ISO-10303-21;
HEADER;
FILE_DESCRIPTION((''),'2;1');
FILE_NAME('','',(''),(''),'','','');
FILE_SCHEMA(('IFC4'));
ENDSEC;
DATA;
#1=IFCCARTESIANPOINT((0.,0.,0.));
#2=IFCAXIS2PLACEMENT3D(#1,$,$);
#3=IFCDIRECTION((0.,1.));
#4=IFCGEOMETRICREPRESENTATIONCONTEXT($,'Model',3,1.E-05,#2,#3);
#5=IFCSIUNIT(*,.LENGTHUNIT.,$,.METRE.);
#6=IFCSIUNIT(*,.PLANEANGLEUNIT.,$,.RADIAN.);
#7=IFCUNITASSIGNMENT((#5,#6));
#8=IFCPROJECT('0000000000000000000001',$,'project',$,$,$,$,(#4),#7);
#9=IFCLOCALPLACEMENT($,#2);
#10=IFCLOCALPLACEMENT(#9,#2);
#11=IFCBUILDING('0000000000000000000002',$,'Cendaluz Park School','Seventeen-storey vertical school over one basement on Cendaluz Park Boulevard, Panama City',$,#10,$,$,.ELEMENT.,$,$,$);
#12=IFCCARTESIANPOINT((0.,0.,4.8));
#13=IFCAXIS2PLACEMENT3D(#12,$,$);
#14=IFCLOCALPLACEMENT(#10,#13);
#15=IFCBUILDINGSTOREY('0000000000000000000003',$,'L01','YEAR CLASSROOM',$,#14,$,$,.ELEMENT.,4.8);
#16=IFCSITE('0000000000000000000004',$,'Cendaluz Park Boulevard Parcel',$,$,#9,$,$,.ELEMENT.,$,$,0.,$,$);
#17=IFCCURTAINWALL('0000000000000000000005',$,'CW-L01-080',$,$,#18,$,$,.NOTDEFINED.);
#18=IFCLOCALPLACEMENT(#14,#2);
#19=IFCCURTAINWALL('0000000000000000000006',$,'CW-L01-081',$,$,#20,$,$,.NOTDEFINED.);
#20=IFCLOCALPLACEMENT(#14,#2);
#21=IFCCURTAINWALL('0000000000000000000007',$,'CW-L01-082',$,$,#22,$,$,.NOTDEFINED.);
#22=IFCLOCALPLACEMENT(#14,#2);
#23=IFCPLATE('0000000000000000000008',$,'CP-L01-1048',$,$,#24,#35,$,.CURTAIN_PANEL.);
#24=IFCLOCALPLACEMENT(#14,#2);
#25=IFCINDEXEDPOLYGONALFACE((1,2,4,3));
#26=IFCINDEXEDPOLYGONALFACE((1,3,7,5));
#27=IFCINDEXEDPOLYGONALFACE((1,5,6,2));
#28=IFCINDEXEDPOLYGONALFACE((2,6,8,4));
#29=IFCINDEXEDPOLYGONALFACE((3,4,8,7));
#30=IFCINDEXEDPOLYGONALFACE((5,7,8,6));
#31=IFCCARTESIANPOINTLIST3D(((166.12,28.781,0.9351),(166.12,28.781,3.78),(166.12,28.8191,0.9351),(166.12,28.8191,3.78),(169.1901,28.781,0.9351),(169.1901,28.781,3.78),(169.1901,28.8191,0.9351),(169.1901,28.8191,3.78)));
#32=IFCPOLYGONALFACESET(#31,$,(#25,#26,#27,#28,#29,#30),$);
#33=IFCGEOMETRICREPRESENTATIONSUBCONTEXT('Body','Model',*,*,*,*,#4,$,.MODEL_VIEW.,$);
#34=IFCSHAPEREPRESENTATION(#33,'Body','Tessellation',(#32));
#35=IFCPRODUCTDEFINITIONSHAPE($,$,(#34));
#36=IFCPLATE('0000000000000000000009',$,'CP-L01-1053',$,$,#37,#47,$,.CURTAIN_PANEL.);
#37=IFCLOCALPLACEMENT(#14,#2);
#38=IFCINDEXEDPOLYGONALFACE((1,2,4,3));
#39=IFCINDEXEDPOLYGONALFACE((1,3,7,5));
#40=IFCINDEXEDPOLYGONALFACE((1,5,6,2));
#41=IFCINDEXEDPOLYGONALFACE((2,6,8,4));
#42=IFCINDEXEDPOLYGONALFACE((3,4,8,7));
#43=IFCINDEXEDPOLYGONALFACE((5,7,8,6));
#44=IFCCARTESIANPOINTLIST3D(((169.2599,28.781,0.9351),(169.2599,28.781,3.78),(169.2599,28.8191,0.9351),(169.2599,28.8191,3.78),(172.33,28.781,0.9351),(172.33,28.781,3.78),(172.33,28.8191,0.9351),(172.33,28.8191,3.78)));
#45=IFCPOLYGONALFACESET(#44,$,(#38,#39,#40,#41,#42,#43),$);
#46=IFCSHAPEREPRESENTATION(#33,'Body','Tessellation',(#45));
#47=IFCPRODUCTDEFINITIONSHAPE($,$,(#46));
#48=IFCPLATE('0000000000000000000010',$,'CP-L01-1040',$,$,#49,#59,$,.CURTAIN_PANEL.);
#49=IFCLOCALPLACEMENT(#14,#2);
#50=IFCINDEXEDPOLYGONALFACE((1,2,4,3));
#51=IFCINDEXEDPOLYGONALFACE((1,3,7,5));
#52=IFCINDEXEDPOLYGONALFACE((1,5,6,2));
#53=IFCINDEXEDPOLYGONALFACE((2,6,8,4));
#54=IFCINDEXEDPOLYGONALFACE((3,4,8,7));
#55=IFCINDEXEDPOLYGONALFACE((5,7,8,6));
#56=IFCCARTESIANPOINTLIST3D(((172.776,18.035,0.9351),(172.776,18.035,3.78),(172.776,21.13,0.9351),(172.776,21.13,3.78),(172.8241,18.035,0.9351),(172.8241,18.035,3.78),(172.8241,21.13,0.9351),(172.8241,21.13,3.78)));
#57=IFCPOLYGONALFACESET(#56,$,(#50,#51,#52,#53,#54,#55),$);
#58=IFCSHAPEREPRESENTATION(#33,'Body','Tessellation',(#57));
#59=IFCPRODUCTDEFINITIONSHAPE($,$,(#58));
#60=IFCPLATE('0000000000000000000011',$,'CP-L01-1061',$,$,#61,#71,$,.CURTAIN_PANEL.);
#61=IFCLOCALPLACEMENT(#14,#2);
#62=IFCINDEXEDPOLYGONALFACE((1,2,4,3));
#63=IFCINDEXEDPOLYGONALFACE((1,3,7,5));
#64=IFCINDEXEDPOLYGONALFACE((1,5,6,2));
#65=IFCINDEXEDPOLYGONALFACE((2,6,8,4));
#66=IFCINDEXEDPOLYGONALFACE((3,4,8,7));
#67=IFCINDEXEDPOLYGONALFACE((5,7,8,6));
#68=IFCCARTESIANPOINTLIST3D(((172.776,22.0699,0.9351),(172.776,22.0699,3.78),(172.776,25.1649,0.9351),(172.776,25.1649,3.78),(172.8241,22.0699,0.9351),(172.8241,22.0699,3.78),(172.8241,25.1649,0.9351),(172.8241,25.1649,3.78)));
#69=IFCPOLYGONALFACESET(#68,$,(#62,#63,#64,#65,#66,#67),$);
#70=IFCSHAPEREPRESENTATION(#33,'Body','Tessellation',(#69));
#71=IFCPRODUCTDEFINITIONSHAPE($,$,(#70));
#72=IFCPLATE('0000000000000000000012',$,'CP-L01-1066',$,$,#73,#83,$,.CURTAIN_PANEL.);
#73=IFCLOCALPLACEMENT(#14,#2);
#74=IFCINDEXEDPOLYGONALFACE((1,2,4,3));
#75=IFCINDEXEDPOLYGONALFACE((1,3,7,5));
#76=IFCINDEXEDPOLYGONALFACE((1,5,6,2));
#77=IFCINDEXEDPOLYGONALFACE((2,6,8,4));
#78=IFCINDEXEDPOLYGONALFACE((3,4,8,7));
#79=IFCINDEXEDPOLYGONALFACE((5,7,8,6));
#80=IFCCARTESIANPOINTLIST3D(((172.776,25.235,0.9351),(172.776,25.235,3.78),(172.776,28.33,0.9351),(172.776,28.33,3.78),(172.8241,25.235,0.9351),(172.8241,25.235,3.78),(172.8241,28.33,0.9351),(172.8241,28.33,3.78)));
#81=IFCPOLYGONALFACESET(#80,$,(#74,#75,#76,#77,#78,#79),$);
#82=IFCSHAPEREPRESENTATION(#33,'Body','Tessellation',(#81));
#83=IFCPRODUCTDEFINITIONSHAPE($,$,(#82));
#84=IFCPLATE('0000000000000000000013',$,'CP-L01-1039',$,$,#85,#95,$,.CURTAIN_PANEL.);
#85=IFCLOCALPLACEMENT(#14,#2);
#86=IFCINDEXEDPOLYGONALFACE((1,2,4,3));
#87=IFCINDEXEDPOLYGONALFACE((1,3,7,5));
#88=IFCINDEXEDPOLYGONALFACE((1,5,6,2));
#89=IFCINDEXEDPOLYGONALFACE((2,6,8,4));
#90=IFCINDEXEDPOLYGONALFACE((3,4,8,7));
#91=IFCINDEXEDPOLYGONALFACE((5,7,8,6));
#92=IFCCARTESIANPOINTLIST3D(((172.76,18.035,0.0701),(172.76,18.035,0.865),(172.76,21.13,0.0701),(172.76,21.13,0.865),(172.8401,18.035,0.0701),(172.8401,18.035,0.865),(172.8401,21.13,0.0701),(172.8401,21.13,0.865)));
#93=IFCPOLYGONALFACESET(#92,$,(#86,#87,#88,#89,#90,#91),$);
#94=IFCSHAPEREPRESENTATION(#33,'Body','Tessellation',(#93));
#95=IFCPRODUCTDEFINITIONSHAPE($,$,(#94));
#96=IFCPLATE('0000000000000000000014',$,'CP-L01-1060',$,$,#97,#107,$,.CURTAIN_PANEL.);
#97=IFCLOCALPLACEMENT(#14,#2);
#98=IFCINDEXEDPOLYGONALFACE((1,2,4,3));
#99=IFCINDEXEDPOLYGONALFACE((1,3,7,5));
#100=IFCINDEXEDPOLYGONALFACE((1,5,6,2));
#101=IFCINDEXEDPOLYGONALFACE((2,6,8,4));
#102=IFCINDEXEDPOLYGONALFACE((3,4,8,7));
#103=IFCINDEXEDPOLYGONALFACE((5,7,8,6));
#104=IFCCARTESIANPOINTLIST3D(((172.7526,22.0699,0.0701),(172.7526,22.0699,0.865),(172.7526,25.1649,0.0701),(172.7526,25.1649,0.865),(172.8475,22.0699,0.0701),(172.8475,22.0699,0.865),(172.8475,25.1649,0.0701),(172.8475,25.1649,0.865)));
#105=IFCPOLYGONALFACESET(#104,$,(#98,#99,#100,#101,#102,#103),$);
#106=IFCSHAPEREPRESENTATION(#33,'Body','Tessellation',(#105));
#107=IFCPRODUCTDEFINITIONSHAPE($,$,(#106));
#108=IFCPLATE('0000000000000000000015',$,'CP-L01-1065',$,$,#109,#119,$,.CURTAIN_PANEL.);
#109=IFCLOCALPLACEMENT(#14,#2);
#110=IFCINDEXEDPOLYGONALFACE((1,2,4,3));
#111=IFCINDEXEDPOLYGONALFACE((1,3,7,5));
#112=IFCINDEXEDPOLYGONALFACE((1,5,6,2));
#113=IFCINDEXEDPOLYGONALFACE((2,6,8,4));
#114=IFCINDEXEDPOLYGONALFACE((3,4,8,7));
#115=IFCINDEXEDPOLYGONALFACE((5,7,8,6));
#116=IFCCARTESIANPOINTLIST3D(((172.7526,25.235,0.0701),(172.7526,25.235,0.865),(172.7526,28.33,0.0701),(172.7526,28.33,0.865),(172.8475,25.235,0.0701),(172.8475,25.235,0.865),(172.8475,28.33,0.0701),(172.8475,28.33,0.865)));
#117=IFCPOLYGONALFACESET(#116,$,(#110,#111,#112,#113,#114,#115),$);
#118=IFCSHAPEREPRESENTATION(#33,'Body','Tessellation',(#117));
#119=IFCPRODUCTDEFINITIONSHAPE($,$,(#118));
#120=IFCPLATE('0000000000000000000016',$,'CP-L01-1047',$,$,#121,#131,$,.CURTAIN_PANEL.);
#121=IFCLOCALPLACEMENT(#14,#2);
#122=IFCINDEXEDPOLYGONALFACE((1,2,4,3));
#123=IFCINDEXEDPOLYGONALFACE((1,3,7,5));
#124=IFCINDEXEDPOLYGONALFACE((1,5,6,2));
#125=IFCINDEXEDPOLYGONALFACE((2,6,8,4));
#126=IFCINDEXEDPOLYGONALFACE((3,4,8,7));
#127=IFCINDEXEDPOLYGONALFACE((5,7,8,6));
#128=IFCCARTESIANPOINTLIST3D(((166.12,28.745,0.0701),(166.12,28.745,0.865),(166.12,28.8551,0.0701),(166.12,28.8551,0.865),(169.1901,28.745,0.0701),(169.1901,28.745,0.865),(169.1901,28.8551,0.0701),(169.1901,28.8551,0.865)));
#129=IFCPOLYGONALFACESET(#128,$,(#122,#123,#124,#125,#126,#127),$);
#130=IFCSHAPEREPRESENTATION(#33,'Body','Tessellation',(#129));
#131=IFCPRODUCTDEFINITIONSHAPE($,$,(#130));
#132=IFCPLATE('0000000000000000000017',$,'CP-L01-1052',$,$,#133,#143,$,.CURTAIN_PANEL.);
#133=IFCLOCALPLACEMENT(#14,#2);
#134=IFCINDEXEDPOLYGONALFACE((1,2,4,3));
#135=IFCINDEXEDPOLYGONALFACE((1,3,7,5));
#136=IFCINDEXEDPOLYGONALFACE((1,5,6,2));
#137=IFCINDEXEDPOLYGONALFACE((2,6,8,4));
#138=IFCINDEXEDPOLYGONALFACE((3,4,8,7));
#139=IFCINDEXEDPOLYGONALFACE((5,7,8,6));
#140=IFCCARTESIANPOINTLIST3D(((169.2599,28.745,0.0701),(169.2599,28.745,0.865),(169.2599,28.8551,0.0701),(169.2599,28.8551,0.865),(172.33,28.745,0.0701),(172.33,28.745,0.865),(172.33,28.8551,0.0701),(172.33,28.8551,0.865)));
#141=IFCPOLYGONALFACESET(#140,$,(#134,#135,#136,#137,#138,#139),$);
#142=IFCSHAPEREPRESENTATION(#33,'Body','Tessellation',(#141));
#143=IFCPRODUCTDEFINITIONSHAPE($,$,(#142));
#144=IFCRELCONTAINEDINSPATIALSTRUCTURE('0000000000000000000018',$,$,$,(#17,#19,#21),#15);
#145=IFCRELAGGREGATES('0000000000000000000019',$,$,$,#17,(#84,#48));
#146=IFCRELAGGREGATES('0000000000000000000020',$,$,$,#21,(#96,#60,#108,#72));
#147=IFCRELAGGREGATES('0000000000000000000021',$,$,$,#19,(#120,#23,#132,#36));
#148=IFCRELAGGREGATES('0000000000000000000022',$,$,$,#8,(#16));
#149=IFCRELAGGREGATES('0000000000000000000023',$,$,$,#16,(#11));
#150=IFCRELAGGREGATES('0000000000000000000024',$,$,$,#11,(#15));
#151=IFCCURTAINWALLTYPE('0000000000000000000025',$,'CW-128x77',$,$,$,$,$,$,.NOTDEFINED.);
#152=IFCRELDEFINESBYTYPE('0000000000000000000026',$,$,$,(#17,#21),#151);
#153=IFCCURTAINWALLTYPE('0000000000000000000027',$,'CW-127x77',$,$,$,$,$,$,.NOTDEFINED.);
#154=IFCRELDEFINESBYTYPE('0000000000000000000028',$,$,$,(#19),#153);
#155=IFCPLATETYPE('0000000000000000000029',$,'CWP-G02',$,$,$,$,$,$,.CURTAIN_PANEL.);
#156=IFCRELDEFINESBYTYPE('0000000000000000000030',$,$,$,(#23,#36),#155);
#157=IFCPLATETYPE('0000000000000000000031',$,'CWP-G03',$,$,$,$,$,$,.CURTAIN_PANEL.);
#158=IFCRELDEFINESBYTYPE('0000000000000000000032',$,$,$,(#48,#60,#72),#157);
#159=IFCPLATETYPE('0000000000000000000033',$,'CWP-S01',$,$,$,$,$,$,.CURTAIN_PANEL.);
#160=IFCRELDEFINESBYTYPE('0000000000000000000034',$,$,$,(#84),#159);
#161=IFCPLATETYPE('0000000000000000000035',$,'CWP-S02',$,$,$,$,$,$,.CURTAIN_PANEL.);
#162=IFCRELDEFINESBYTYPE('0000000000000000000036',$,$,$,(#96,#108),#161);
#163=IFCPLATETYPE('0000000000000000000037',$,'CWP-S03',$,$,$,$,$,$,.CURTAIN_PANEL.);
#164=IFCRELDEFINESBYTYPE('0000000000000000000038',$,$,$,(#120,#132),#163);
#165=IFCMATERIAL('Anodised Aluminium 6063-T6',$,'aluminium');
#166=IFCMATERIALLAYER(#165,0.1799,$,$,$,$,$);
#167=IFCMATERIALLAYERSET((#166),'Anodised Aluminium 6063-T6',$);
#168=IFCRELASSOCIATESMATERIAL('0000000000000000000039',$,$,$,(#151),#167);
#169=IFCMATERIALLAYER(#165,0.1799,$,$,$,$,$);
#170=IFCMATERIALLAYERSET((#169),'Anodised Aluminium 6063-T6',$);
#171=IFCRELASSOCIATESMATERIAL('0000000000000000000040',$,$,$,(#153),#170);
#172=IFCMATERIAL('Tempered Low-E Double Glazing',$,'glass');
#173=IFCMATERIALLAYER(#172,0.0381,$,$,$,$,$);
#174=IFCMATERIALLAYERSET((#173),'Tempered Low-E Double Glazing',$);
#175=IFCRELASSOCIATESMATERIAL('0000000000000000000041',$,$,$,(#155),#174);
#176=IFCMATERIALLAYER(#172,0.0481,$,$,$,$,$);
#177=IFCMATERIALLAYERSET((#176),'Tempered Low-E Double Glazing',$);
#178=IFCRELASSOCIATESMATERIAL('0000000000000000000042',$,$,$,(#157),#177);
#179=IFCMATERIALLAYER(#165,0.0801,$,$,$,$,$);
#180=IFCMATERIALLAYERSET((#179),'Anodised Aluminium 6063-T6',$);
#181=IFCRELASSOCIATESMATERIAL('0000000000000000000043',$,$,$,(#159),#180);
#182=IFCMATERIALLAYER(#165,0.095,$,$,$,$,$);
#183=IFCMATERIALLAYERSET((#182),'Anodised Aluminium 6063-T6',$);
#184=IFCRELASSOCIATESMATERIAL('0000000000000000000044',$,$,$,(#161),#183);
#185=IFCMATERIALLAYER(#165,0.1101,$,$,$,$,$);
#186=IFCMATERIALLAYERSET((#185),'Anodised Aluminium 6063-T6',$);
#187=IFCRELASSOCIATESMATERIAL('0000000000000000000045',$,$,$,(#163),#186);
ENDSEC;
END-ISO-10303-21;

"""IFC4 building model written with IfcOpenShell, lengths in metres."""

from ifc_helpers import new_model, si_unit, direction, frame, origin, origin_2d, place, context, subcontext, project, spatial, rectangle, extrude, material, layer, layer_set, type_object, element, aggregate, save


model = new_model("IFC4")

# Units and contexts
model_context = context("Model", 3, precision=1e-05, world=origin(), true_north=direction((0.0, 1.0)))
body_context = subcontext(model_context, "Body", "Model", "MODEL_VIEW")
ifc_project = project(units=[si_unit("LENGTHUNIT", "METRE"), si_unit("PLANEANGLEUNIT", "RADIAN")], contexts=[model_context])

# Site, building, storey
site_placement = place(None, origin())
site = spatial("IfcSite", under=ifc_project, at=site_placement, Name="Cendaluz Park Boulevard Parcel", CompositionType="ELEMENT", RefElevation=0.0)
building_placement = place(site_placement, origin())
building = spatial("IfcBuilding", under=site, at=building_placement, Name="Cendaluz Park School", Description="Seventeen-storey vertical school over one basement on Cendaluz Park Boulevard, Panama City", CompositionType="ELEMENT")
storey_placement = place(building_placement, frame((0.0, 0.0, 4.8)))
storey = spatial("IfcBuildingStorey", under=building, at=storey_placement, Name="L01", Description="YEAR CLASSROOM", CompositionType="ELEMENT", Elevation=4.8)

# Curtain walls
ifc_material_1 = material(Name="Anodised Aluminium 6063-T6", Category="aluminium")
ifc_layer_1 = layer(ifc_material_1, 0.1799)
ifc_layer_set_1 = layer_set([ifc_layer_1], Name="Anodised Aluminium 6063-T6")
curtain_wall_type_1 = type_object("IfcCurtainWallType", Name="CW-128x77", PredefinedType="NOTDEFINED", material=ifc_layer_set_1)
curtain_wall_1_placement = place(storey_placement, origin())
curtain_wall_1 = element("IfcCurtainWall", 1, at=curtain_wall_1_placement, inside=storey, type_object=curtain_wall_type_1, Name="CW-L01-080", PredefinedType="NOTDEFINED")
ifc_layer_2 = layer(ifc_material_1, 0.1799)
ifc_layer_set_2 = layer_set([ifc_layer_2], Name="Anodised Aluminium 6063-T6")
curtain_wall_type_2 = type_object("IfcCurtainWallType", Name="CW-127x77", PredefinedType="NOTDEFINED", material=ifc_layer_set_2)
curtain_wall_2_placement = place(storey_placement, origin())
curtain_wall_2 = element("IfcCurtainWall", 2, at=curtain_wall_2_placement, inside=storey, type_object=curtain_wall_type_2, Name="CW-L01-081", PredefinedType="NOTDEFINED")
curtain_wall_3_placement = place(storey_placement, origin())
curtain_wall_3 = element("IfcCurtainWall", 3, at=curtain_wall_3_placement, inside=storey, type_object=curtain_wall_type_1, Name="CW-L01-082", PredefinedType="NOTDEFINED")

# Plates
ifc_material_2 = material(Name="Tempered Low-E Double Glazing", Category="glass")
ifc_layer_3 = layer(ifc_material_2, 0.0381)
ifc_layer_set_3 = layer_set([ifc_layer_3], Name="Tempered Low-E Double Glazing")
plate_type_1 = type_object("IfcPlateType", Name="CWP-G02", PredefinedType="CURTAIN_PANEL", material=ifc_layer_set_3)
plate_1_placement = place(storey_placement, frame((167.655, 28.8, 0.9351), z_axis=(0.0, 0.0, 1.0), x_axis=(1.0, 0.0, 0.0)))
plate_1 = element("IfcPlate", 4, at=plate_1_placement, type_object=plate_type_1, Name="CP-L01-1048", PredefinedType="CURTAIN_PANEL", context=body_context, shape_type="SweptSolid", body=[
    extrude(rectangle(XDim=3.0701, YDim=0.0381, at=origin_2d()), origin(), (0.0, 0.0, 1.0), 2.845),
])
plate_2_placement = place(storey_placement, frame((170.7949, 28.8, 0.9351), z_axis=(0.0, 0.0, 1.0), x_axis=(1.0, 0.0, 0.0)))
plate_2 = element("IfcPlate", 5, at=plate_2_placement, type_object=plate_type_1, Name="CP-L01-1053", PredefinedType="CURTAIN_PANEL", context=body_context, shape_type="SweptSolid", body=[
    extrude(rectangle(XDim=3.0701, YDim=0.0381, at=origin_2d()), origin(), (0.0, 0.0, 1.0), 2.845),
])
ifc_layer_4 = layer(ifc_material_2, 0.0481)
ifc_layer_set_4 = layer_set([ifc_layer_4], Name="Tempered Low-E Double Glazing")
plate_type_2 = type_object("IfcPlateType", Name="CWP-G03", PredefinedType="CURTAIN_PANEL", material=ifc_layer_set_4)
plate_3_placement = place(storey_placement, frame((172.8, 19.5825, 0.9351), z_axis=(0.0, 0.0, 1.0), x_axis=(0.0, 1.0, 0.0)))
plate_3 = element("IfcPlate", 6, at=plate_3_placement, type_object=plate_type_2, Name="CP-L01-1040", PredefinedType="CURTAIN_PANEL", context=body_context, shape_type="SweptSolid", body=[
    extrude(rectangle(XDim=3.095, YDim=0.0481, at=origin_2d()), origin(), (0.0, 0.0, 1.0), 2.845),
])
plate_4_placement = place(storey_placement, frame((172.8, 23.6174, 0.9351), z_axis=(0.0, 0.0, 1.0), x_axis=(0.0, 1.0, 0.0)))
plate_4 = element("IfcPlate", 7, at=plate_4_placement, type_object=plate_type_2, Name="CP-L01-1061", PredefinedType="CURTAIN_PANEL", context=body_context, shape_type="SweptSolid", body=[
    extrude(rectangle(XDim=3.095, YDim=0.0481, at=origin_2d()), origin(), (0.0, 0.0, 1.0), 2.845),
])
plate_5_placement = place(storey_placement, frame((172.8, 26.7825, 0.9351), z_axis=(0.0, 0.0, 1.0), x_axis=(0.0, 1.0, 0.0)))
plate_5 = element("IfcPlate", 8, at=plate_5_placement, type_object=plate_type_2, Name="CP-L01-1066", PredefinedType="CURTAIN_PANEL", context=body_context, shape_type="SweptSolid", body=[
    extrude(rectangle(XDim=3.095, YDim=0.0481, at=origin_2d()), origin(), (0.0, 0.0, 1.0), 2.845),
])
ifc_layer_5 = layer(ifc_material_1, 0.0801)
ifc_layer_set_5 = layer_set([ifc_layer_5], Name="Anodised Aluminium 6063-T6")
plate_type_3 = type_object("IfcPlateType", Name="CWP-S01", PredefinedType="CURTAIN_PANEL", material=ifc_layer_set_5)
plate_6_placement = place(storey_placement, frame((172.8, 19.5825, 0.0701), z_axis=(0.0, 0.0, 1.0), x_axis=(0.0, 1.0, 0.0)))
plate_6 = element("IfcPlate", 9, at=plate_6_placement, type_object=plate_type_3, Name="CP-L01-1039", PredefinedType="CURTAIN_PANEL", context=body_context, shape_type="SweptSolid", body=[
    extrude(rectangle(XDim=3.095, YDim=0.0801, at=origin_2d()), origin(), (0.0, 0.0, 1.0), 0.7949),
])
aggregate(curtain_wall_1, [plate_6, plate_3])
ifc_layer_6 = layer(ifc_material_1, 0.095)
ifc_layer_set_6 = layer_set([ifc_layer_6], Name="Anodised Aluminium 6063-T6")
plate_type_4 = type_object("IfcPlateType", Name="CWP-S02", PredefinedType="CURTAIN_PANEL", material=ifc_layer_set_6)
plate_7_placement = place(storey_placement, frame((172.8, 23.6174, 0.0701), z_axis=(0.0, 0.0, 1.0), x_axis=(0.0, 1.0, 0.0)))
plate_7 = element("IfcPlate", 10, at=plate_7_placement, type_object=plate_type_4, Name="CP-L01-1060", PredefinedType="CURTAIN_PANEL", context=body_context, shape_type="SweptSolid", body=[
    extrude(rectangle(XDim=3.095, YDim=0.095, at=origin_2d()), origin(), (0.0, 0.0, 1.0), 0.7949),
])
plate_8_placement = place(storey_placement, frame((172.8, 26.7825, 0.0701), z_axis=(0.0, 0.0, 1.0), x_axis=(0.0, 1.0, 0.0)))
plate_8 = element("IfcPlate", 11, at=plate_8_placement, type_object=plate_type_4, Name="CP-L01-1065", PredefinedType="CURTAIN_PANEL", context=body_context, shape_type="SweptSolid", body=[
    extrude(rectangle(XDim=3.095, YDim=0.095, at=origin_2d()), origin(), (0.0, 0.0, 1.0), 0.7949),
])
aggregate(curtain_wall_3, [plate_7, plate_4, plate_8, plate_5])
ifc_layer_7 = layer(ifc_material_1, 0.1101)
ifc_layer_set_7 = layer_set([ifc_layer_7], Name="Anodised Aluminium 6063-T6")
plate_type_5 = type_object("IfcPlateType", Name="CWP-S03", PredefinedType="CURTAIN_PANEL", material=ifc_layer_set_7)
plate_9_placement = place(storey_placement, frame((167.655, 28.8, 0.0701), z_axis=(0.0, 0.0, 1.0), x_axis=(1.0, 0.0, 0.0)))
plate_9 = element("IfcPlate", 12, at=plate_9_placement, type_object=plate_type_5, Name="CP-L01-1047", PredefinedType="CURTAIN_PANEL", context=body_context, shape_type="SweptSolid", body=[
    extrude(rectangle(XDim=3.0701, YDim=0.1101, at=origin_2d()), origin(), (0.0, 0.0, 1.0), 0.7949),
])
plate_10_placement = place(storey_placement, frame((170.7949, 28.8, 0.0701), z_axis=(0.0, 0.0, 1.0), x_axis=(1.0, 0.0, 0.0)))
plate_10 = element("IfcPlate", 13, at=plate_10_placement, type_object=plate_type_5, Name="CP-L01-1052", PredefinedType="CURTAIN_PANEL", context=body_context, shape_type="SweptSolid", body=[
    extrude(rectangle(XDim=3.0701, YDim=0.1101, at=origin_2d()), origin(), (0.0, 0.0, 1.0), 0.7949),
])
aggregate(curtain_wall_2, [plate_9, plate_1, plate_10, plate_2])

save(model, "model.ifc")
